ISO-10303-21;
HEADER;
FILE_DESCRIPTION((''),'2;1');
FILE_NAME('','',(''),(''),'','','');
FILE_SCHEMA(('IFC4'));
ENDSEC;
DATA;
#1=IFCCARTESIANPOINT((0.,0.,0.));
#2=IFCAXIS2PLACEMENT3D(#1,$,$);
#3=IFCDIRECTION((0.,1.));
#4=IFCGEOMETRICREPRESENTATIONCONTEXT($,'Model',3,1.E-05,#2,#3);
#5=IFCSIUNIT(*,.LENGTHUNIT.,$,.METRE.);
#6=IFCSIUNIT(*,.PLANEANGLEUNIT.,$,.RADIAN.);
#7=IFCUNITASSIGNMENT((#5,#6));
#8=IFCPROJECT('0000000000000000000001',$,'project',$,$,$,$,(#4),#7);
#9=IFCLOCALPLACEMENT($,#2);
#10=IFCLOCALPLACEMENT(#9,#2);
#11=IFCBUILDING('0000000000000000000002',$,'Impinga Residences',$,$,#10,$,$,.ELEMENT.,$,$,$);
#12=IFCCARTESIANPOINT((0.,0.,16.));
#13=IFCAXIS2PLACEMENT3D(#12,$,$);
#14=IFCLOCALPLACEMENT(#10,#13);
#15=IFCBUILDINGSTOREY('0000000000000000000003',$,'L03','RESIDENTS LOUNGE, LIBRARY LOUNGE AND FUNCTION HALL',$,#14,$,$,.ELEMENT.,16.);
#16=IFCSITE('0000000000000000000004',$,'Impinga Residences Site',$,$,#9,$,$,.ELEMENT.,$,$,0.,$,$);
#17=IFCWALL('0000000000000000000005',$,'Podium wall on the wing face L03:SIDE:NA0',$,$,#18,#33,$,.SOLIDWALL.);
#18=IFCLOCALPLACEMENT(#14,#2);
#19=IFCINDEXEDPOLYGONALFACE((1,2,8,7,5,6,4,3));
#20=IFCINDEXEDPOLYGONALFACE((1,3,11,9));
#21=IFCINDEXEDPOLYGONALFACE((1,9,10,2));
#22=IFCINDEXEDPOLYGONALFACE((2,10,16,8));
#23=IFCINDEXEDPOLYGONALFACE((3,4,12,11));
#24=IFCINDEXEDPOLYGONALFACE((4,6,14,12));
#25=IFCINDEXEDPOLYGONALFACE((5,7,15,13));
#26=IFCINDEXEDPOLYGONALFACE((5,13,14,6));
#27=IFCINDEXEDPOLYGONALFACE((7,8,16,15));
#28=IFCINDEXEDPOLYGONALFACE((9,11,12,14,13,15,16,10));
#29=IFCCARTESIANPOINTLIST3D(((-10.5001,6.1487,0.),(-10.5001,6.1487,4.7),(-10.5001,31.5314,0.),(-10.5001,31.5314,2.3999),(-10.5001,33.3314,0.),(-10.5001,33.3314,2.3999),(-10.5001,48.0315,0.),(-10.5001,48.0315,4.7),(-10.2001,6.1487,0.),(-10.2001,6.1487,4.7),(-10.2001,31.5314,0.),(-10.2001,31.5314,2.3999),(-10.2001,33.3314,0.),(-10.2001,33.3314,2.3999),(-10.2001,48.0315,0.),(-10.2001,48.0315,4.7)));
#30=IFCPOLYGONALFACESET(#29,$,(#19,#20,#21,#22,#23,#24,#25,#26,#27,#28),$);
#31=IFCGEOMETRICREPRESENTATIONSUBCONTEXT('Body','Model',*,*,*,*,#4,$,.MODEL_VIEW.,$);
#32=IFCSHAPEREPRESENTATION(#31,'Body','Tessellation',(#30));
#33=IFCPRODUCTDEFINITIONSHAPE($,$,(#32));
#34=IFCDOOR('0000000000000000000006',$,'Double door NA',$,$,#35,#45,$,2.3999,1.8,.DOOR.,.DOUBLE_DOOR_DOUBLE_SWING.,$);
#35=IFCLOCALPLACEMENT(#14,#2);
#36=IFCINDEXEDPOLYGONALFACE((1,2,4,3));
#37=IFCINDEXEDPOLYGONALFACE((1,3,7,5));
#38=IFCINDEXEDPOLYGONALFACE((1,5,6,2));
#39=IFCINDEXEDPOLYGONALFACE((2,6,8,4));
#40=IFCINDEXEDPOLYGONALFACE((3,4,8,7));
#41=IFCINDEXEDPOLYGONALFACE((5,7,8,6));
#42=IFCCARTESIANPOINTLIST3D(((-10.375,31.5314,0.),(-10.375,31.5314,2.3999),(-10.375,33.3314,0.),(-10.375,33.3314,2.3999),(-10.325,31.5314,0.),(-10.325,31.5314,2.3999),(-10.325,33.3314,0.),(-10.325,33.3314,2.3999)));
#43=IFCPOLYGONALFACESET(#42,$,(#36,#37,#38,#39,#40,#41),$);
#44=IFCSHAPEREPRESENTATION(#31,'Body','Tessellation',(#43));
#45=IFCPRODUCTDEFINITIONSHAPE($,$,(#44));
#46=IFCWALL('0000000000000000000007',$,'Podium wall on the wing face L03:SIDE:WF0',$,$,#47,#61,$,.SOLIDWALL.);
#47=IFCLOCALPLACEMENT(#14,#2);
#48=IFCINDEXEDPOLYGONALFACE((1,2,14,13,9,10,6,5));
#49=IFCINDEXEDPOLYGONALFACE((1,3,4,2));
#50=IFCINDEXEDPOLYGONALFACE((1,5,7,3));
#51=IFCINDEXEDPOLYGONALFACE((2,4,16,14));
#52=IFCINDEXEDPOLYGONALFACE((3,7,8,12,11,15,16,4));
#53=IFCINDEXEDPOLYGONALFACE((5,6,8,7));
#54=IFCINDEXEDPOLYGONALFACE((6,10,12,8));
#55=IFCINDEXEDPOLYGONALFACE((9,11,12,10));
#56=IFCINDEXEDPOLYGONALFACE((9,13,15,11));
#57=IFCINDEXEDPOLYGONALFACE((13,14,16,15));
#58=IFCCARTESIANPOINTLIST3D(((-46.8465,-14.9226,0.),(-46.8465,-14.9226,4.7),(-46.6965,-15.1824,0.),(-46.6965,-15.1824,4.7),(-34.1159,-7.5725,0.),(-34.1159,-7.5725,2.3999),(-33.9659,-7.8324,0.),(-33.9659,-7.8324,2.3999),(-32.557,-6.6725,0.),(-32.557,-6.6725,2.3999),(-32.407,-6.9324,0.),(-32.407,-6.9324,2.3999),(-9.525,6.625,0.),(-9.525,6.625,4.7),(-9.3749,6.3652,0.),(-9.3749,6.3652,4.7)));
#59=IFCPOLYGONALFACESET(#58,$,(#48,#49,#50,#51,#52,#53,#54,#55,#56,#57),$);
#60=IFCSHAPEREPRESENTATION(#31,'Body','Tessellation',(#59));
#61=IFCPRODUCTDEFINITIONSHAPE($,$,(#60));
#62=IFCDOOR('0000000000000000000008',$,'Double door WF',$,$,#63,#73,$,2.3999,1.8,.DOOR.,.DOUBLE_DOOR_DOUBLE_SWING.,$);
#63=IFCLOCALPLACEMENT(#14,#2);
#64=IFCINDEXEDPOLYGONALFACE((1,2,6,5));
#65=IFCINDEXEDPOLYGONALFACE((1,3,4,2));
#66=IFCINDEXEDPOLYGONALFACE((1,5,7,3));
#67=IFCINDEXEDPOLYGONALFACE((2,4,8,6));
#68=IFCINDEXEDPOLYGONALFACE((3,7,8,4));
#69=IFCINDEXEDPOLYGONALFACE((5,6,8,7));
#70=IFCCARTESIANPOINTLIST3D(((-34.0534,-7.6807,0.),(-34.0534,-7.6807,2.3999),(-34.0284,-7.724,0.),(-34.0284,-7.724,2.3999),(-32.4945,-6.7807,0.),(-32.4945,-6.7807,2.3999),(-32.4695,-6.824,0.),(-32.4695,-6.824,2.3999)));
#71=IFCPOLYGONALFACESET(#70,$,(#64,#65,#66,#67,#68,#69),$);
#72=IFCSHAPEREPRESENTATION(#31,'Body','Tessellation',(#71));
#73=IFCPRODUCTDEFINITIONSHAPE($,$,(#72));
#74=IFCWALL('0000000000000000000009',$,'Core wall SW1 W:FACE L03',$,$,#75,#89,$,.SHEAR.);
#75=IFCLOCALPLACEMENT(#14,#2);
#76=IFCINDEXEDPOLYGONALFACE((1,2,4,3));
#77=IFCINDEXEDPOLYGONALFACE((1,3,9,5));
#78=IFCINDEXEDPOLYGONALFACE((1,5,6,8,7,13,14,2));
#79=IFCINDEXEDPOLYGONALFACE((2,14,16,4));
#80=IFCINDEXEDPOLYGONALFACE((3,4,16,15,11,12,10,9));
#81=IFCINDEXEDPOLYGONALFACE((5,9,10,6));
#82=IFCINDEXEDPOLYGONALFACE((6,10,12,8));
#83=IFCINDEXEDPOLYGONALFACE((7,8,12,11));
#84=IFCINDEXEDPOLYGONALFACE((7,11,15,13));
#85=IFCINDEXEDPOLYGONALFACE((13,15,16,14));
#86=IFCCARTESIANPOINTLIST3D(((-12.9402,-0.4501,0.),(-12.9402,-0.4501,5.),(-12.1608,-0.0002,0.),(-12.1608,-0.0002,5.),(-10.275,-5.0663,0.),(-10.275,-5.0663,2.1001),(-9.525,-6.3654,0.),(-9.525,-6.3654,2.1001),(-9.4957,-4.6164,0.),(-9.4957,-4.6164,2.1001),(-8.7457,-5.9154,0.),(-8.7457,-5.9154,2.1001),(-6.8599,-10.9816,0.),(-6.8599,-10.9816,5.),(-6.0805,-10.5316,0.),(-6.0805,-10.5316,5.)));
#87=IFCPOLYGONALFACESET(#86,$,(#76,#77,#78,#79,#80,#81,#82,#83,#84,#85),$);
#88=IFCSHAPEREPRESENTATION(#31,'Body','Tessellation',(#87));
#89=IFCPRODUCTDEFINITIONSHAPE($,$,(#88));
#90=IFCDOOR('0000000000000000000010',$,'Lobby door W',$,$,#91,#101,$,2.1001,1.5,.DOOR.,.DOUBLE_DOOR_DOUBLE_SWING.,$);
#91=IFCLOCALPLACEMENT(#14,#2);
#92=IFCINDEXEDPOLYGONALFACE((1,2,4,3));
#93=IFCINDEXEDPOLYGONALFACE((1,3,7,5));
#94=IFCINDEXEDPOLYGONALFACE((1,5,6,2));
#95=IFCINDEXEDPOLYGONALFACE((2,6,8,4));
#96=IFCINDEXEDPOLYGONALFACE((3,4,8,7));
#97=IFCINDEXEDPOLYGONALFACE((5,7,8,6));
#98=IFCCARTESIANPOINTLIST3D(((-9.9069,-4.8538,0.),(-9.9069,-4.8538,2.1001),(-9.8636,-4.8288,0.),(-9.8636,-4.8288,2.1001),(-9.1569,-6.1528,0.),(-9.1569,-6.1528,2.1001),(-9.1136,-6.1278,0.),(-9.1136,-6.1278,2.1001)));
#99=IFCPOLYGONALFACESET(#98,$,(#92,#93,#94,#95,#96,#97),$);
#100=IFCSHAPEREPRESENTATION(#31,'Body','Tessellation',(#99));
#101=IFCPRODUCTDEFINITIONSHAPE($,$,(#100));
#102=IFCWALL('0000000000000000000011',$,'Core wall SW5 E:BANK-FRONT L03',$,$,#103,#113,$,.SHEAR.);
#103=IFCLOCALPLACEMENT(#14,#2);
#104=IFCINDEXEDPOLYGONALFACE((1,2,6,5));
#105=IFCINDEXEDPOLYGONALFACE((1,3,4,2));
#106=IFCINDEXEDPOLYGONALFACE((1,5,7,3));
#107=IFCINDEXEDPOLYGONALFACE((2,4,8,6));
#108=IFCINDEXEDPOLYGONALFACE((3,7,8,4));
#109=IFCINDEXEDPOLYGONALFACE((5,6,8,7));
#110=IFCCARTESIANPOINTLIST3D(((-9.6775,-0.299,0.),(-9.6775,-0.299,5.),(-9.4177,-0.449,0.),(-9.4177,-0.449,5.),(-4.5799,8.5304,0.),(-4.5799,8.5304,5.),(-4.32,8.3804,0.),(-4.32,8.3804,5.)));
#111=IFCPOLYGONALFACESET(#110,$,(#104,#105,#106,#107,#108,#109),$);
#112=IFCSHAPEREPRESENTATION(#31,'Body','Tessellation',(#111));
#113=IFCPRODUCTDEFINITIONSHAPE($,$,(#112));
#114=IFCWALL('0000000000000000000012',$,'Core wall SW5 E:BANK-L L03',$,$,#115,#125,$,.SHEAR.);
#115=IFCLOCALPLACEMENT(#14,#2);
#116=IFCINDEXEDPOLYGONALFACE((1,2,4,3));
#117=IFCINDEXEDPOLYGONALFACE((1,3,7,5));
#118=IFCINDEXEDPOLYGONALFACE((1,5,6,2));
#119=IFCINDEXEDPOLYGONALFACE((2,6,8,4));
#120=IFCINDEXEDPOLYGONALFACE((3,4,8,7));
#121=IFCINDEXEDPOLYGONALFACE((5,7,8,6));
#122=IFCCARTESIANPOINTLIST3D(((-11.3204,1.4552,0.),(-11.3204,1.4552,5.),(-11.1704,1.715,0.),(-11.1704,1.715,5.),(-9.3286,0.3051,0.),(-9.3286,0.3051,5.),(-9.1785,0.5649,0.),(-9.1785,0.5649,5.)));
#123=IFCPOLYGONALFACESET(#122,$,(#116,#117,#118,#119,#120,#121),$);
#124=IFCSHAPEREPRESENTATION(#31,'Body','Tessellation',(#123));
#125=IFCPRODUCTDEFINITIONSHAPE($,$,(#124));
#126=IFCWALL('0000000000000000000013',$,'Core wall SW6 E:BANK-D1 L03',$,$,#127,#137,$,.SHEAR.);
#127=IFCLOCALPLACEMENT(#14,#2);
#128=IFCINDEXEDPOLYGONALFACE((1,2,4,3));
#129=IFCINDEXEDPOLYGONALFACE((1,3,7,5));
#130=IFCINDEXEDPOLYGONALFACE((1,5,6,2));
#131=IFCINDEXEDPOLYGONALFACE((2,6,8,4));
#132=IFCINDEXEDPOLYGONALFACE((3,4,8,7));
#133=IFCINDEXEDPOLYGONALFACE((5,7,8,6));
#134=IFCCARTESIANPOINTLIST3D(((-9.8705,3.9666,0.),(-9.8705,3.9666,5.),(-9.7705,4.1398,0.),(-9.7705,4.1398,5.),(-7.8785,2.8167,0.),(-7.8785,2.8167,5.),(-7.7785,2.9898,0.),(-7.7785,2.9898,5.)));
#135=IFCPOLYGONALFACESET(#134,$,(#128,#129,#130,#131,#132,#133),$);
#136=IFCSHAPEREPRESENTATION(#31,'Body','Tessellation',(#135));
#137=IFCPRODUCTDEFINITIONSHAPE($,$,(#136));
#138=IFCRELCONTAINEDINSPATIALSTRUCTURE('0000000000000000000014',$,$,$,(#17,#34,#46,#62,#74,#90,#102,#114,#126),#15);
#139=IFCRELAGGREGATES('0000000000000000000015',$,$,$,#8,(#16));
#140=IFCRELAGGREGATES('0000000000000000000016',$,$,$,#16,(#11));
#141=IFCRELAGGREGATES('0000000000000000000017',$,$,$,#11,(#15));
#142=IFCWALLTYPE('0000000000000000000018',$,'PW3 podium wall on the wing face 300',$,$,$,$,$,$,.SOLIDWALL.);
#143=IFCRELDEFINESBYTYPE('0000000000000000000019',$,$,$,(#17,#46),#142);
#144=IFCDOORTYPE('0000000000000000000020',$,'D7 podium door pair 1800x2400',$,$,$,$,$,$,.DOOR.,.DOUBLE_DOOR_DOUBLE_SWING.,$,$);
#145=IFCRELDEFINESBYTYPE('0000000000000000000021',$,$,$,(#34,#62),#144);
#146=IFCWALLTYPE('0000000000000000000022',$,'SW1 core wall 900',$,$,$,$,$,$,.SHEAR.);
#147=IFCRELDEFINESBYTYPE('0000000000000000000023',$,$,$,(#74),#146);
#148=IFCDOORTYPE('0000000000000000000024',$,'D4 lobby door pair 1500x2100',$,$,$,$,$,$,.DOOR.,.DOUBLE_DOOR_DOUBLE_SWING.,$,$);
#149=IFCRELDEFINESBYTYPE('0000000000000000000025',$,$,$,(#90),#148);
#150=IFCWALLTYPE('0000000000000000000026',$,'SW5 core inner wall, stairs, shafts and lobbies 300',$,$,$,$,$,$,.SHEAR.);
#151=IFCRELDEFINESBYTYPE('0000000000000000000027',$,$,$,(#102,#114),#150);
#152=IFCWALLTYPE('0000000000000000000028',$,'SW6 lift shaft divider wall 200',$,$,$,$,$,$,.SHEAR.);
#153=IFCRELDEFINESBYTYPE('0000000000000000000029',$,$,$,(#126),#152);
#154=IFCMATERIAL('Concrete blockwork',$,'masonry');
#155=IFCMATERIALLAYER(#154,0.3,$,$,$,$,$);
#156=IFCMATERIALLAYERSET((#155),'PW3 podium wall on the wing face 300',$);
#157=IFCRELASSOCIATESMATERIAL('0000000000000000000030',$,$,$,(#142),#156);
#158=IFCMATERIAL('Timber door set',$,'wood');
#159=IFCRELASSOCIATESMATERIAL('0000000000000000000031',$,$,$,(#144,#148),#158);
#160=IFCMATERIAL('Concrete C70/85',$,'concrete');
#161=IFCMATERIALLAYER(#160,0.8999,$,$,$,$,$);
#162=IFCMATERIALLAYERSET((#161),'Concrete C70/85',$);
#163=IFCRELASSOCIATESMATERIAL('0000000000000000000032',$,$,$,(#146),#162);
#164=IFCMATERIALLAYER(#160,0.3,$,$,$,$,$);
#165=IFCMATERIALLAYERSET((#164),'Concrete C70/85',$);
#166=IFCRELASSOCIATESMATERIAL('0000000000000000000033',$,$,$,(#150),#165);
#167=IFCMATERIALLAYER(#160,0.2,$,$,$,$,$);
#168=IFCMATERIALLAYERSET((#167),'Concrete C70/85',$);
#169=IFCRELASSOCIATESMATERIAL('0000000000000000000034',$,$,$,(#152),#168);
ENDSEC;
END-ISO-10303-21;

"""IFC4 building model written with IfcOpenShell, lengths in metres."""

from ifc_helpers import new_model, si_unit, direction, frame, frame_2d, origin, place, context, subcontext, project, spatial, rectangle, extrude, material, layer, layer_set, type_object, element, fill, save


model = new_model("IFC4")

# Units and contexts
model_context = context("Model", 3, precision=1e-05, world=origin(), true_north=direction((0.0, 1.0)))
body_context = subcontext(model_context, "Body", "Model", "MODEL_VIEW")
ifc_project = project(units=[si_unit("LENGTHUNIT", "METRE"), si_unit("PLANEANGLEUNIT", "RADIAN")], contexts=[model_context])

# Site, building, storey
site_placement = place(None, origin())
site = spatial("IfcSite", under=ifc_project, at=site_placement, Name="Impinga Residences Site", CompositionType="ELEMENT", RefElevation=0.0)
building_placement = place(site_placement, origin())
building = spatial("IfcBuilding", under=site, at=building_placement, Name="Impinga Residences", CompositionType="ELEMENT")
storey_placement = place(building_placement, frame((0.0, 0.0, 16.0)))
storey = spatial("IfcBuildingStorey", under=building, at=storey_placement, Name="L03", Description="RESIDENTS LOUNGE, LIBRARY LOUNGE AND FUNCTION HALL", CompositionType="ELEMENT", Elevation=16.0)

# Shared definitions
ifc_material_1 = material(Name="Concrete C70/85", Category="concrete")

# Shared definitions
ifc_material_2 = material(Name="Timber door set", Category="wood")

# Shared definitions
ifc_material_3 = material(Name="Concrete blockwork", Category="masonry")

# Walls, openings, doors
ifc_layer_1 = layer(ifc_material_3, 0.3)
ifc_layer_set_1 = layer_set([ifc_layer_1], Name="PW3 podium wall on the wing face 300")
wall_type_1 = type_object("IfcWallType", Name="PW3 podium wall on the wing face 300", PredefinedType="SOLIDWALL", material=ifc_layer_set_1)
wall_1_placement = place(storey_placement, frame((-10.3501, 6.1487, 0.0), z_axis=(0.0, 0.0, 1.0), x_axis=(0.0, 1.0, 0.0)))
wall_1 = element("IfcWall", 1, at=wall_1_placement, inside=storey, type_object=wall_type_1, Name="Podium wall on the wing face L03:SIDE:NA0", PredefinedType="SOLIDWALL", context=body_context, shape_type="SweptSolid", body=[
    extrude(rectangle(XDim=41.8828, YDim=0.3, at=frame_2d((20.9414, 0.0))), origin(), (0.0, 0.0, 1.0), 4.7),
])
opening_1_placement = place(wall_1_placement, frame((25.3828, 0.0, 0.0)))
opening_1 = element("IfcOpeningElement", 2, at=opening_1_placement, cuts=wall_1, PredefinedType="OPENING", context=body_context, shape_type="SweptSolid", body=[
    extrude(rectangle(XDim=1.8, YDim=2.3999, at=frame_2d((0.8999, 1.2))), frame((0.0, 0.1599, 0.0), z_axis=(0.0, -1.0, 0.0), x_axis=(1.0, 0.0, 0.0)), (0.0, 0.0, 1.0), 0.3201),
])
door_type_1 = type_object("IfcDoorType", Name="D7 podium door pair 1800x2400", OperationType="DOUBLE_DOOR_DOUBLE_SWING", PredefinedType="DOOR", material=ifc_material_2)
door_1_placement = place(opening_1_placement, origin())
door_1 = element("IfcDoor", 3, at=door_1_placement, inside=storey, type_object=door_type_1, Name="Double door NA", OperationType="DOUBLE_DOOR_DOUBLE_SWING", OverallHeight=2.3999, OverallWidth=1.8, PredefinedType="DOOR", context=body_context, shape_type="SweptSolid", body=[
    extrude(rectangle(XDim=1.8, YDim=2.3999, at=frame_2d((0.8999, 1.2))), frame((0.0, 0.0249, 0.0), z_axis=(0.0, -1.0, 0.0), x_axis=(1.0, 0.0, 0.0)), (0.0, 0.0, 1.0), 0.05),
])
fill(opening_1, door_1)
wall_2_placement = place(storey_placement, frame((-9.45, 6.4951, 0.0), z_axis=(0.0, 0.0, 1.0), x_axis=(-0.866025, -0.5, 0.0)))
wall_2 = element("IfcWall", 4, at=wall_2_placement, inside=storey, type_object=wall_type_1, Name="Podium wall on the wing face L03:SIDE:WF0", PredefinedType="SOLIDWALL", context=body_context, shape_type="SweptSolid", body=[
    extrude(rectangle(XDim=43.0952, YDim=0.3, at=frame_2d((21.5476, 0.0))), origin(), (0.0, 0.0, 1.0), 4.7),
])
opening_2_placement = place(wall_2_placement, frame((26.5952, 0.0, 0.0)))
opening_2 = element("IfcOpeningElement", 5, at=opening_2_placement, cuts=wall_2, PredefinedType="OPENING", context=body_context, shape_type="SweptSolid", body=[
    extrude(rectangle(XDim=1.8, YDim=2.3999, at=frame_2d((0.8999, 1.2))), frame((0.0, 0.1599, 0.0), z_axis=(0.0, -1.0, 0.0), x_axis=(1.0, 0.0, 0.0)), (0.0, 0.0, 1.0), 0.3201),
])
door_2_placement = place(opening_2_placement, origin())
door_2 = element("IfcDoor", 6, at=door_2_placement, inside=storey, type_object=door_type_1, Name="Double door WF", OperationType="DOUBLE_DOOR_DOUBLE_SWING", OverallHeight=2.3999, OverallWidth=1.8, PredefinedType="DOOR", context=body_context, shape_type="SweptSolid", body=[
    extrude(rectangle(XDim=1.8, YDim=2.3999, at=frame_2d((0.8999, 1.2))), frame((0.0, 0.0249, 0.0), z_axis=(0.0, -1.0, 0.0), x_axis=(1.0, 0.0, 0.0)), (0.0, 0.0, 1.0), 0.05),
])
fill(opening_2, door_2)
ifc_layer_2 = layer(ifc_material_1, 0.8999)
ifc_layer_set_2 = layer_set([ifc_layer_2], Name="Concrete C70/85")
wall_type_2 = type_object("IfcWallType", Name="SW1 core wall 900", PredefinedType="SHEAR", material=ifc_layer_set_2)
wall_3_placement = place(storey_placement, frame((-6.4702, -10.7566, 0.0), z_axis=(0.0, 0.0, 1.0), x_axis=(-0.499998, 0.866027, 0.0)))
wall_3 = element("IfcWall", 7, at=wall_3_placement, inside=storey, type_object=wall_type_2, Name="Core wall SW1 W:FACE L03", PredefinedType="SHEAR", context=body_context, shape_type="SweptSolid", body=[
    extrude(rectangle(XDim=12.1606, YDim=0.8999, at=frame_2d((6.0803, 0.0))), origin(), (0.0, 0.0, 1.0), 5.0),
])
opening_3_placement = place(wall_3_placement, frame((5.3303, 0.0, 0.0)))
opening_3 = element("IfcOpeningElement", 8, at=opening_3_placement, cuts=wall_3, PredefinedType="OPENING", context=body_context, shape_type="SweptSolid", body=[
    extrude(rectangle(XDim=1.5, YDim=2.1001, at=frame_2d((0.75, 1.05))), frame((0.0, 0.46, 0.0), z_axis=(0.0, -1.0, 0.0), x_axis=(1.0, 0.0, 0.0)), (0.0, 0.0, 1.0), 0.9199),
])
door_type_2 = type_object("IfcDoorType", Name="D4 lobby door pair 1500x2100", OperationType="DOUBLE_DOOR_DOUBLE_SWING", PredefinedType="DOOR", material=ifc_material_2)
door_3_placement = place(opening_3_placement, origin())
door_3 = element("IfcDoor", 9, at=door_3_placement, inside=storey, type_object=door_type_2, Name="Lobby door W", OperationType="DOUBLE_DOOR_DOUBLE_SWING", OverallHeight=2.1001, OverallWidth=1.5, PredefinedType="DOOR", context=body_context, shape_type="SweptSolid", body=[
    extrude(rectangle(XDim=1.5, YDim=2.1001, at=frame_2d((0.75, 1.05))), frame((0.0, 0.0249, 0.0), z_axis=(0.0, -1.0, 0.0), x_axis=(1.0, 0.0, 0.0)), (0.0, 0.0, 1.0), 0.05),
])
fill(opening_3, door_3)

# Walls
ifc_layer_3 = layer(ifc_material_1, 0.3)
ifc_layer_set_3 = layer_set([ifc_layer_3], Name="Concrete C70/85")
wall_type_3 = type_object("IfcWallType", Name="SW5 core inner wall, stairs, shafts and lobbies 300", PredefinedType="SHEAR", material=ifc_layer_set_3)
wall_4_placement = place(storey_placement, frame((-9.5476, -0.374, 0.0), z_axis=(0.0, 0.0, 1.0), x_axis=(0.500002, 0.866024, 0.0)))
element("IfcWall", 10, at=wall_4_placement, inside=storey, type_object=wall_type_3, Name="Core wall SW5 E:BANK-FRONT L03", PredefinedType="SHEAR", context=body_context, shape_type="SweptSolid", body=[
    extrude(rectangle(XDim=10.1953, YDim=0.3, at=frame_2d((5.0977, 0.0))), origin(), (0.0, 0.0, 1.0), 5.0),
])
wall_5_placement = place(storey_placement, frame((-9.2537, 0.4351, 0.0), z_axis=(0.0, 0.0, 1.0), x_axis=(-0.866007, 0.500032, 0.0)))
element("IfcWall", 11, at=wall_5_placement, inside=storey, type_object=wall_type_3, Name="Core wall SW5 E:BANK-L L03", PredefinedType="SHEAR", context=body_context, shape_type="SweptSolid", body=[
    extrude(rectangle(XDim=2.3, YDim=0.3, at=frame_2d((1.1499, 0.0))), origin(), (0.0, 0.0, 1.0), 5.0),
])
ifc_layer_4 = layer(ifc_material_1, 0.2)
ifc_layer_set_4 = layer_set([ifc_layer_4], Name="Concrete C70/85")
wall_type_4 = type_object("IfcWallType", Name="SW6 lift shaft divider wall 200", PredefinedType="SHEAR", material=ifc_layer_set_4)
wall_6_placement = place(storey_placement, frame((-7.8286, 2.9033, 0.0), z_axis=(0.0, 0.0, 1.0), x_axis=(-0.866053, 0.499952, 0.0)))
element("IfcWall", 12, at=wall_6_placement, inside=storey, type_object=wall_type_4, Name="Core wall SW6 E:BANK-D1 L03", PredefinedType="SHEAR", context=body_context, shape_type="SweptSolid", body=[
    extrude(rectangle(XDim=2.3, YDim=0.2, at=frame_2d((1.1499, 0.0))), origin(), (0.0, 0.0, 1.0), 5.0),
])

save(model, "model.ifc")
